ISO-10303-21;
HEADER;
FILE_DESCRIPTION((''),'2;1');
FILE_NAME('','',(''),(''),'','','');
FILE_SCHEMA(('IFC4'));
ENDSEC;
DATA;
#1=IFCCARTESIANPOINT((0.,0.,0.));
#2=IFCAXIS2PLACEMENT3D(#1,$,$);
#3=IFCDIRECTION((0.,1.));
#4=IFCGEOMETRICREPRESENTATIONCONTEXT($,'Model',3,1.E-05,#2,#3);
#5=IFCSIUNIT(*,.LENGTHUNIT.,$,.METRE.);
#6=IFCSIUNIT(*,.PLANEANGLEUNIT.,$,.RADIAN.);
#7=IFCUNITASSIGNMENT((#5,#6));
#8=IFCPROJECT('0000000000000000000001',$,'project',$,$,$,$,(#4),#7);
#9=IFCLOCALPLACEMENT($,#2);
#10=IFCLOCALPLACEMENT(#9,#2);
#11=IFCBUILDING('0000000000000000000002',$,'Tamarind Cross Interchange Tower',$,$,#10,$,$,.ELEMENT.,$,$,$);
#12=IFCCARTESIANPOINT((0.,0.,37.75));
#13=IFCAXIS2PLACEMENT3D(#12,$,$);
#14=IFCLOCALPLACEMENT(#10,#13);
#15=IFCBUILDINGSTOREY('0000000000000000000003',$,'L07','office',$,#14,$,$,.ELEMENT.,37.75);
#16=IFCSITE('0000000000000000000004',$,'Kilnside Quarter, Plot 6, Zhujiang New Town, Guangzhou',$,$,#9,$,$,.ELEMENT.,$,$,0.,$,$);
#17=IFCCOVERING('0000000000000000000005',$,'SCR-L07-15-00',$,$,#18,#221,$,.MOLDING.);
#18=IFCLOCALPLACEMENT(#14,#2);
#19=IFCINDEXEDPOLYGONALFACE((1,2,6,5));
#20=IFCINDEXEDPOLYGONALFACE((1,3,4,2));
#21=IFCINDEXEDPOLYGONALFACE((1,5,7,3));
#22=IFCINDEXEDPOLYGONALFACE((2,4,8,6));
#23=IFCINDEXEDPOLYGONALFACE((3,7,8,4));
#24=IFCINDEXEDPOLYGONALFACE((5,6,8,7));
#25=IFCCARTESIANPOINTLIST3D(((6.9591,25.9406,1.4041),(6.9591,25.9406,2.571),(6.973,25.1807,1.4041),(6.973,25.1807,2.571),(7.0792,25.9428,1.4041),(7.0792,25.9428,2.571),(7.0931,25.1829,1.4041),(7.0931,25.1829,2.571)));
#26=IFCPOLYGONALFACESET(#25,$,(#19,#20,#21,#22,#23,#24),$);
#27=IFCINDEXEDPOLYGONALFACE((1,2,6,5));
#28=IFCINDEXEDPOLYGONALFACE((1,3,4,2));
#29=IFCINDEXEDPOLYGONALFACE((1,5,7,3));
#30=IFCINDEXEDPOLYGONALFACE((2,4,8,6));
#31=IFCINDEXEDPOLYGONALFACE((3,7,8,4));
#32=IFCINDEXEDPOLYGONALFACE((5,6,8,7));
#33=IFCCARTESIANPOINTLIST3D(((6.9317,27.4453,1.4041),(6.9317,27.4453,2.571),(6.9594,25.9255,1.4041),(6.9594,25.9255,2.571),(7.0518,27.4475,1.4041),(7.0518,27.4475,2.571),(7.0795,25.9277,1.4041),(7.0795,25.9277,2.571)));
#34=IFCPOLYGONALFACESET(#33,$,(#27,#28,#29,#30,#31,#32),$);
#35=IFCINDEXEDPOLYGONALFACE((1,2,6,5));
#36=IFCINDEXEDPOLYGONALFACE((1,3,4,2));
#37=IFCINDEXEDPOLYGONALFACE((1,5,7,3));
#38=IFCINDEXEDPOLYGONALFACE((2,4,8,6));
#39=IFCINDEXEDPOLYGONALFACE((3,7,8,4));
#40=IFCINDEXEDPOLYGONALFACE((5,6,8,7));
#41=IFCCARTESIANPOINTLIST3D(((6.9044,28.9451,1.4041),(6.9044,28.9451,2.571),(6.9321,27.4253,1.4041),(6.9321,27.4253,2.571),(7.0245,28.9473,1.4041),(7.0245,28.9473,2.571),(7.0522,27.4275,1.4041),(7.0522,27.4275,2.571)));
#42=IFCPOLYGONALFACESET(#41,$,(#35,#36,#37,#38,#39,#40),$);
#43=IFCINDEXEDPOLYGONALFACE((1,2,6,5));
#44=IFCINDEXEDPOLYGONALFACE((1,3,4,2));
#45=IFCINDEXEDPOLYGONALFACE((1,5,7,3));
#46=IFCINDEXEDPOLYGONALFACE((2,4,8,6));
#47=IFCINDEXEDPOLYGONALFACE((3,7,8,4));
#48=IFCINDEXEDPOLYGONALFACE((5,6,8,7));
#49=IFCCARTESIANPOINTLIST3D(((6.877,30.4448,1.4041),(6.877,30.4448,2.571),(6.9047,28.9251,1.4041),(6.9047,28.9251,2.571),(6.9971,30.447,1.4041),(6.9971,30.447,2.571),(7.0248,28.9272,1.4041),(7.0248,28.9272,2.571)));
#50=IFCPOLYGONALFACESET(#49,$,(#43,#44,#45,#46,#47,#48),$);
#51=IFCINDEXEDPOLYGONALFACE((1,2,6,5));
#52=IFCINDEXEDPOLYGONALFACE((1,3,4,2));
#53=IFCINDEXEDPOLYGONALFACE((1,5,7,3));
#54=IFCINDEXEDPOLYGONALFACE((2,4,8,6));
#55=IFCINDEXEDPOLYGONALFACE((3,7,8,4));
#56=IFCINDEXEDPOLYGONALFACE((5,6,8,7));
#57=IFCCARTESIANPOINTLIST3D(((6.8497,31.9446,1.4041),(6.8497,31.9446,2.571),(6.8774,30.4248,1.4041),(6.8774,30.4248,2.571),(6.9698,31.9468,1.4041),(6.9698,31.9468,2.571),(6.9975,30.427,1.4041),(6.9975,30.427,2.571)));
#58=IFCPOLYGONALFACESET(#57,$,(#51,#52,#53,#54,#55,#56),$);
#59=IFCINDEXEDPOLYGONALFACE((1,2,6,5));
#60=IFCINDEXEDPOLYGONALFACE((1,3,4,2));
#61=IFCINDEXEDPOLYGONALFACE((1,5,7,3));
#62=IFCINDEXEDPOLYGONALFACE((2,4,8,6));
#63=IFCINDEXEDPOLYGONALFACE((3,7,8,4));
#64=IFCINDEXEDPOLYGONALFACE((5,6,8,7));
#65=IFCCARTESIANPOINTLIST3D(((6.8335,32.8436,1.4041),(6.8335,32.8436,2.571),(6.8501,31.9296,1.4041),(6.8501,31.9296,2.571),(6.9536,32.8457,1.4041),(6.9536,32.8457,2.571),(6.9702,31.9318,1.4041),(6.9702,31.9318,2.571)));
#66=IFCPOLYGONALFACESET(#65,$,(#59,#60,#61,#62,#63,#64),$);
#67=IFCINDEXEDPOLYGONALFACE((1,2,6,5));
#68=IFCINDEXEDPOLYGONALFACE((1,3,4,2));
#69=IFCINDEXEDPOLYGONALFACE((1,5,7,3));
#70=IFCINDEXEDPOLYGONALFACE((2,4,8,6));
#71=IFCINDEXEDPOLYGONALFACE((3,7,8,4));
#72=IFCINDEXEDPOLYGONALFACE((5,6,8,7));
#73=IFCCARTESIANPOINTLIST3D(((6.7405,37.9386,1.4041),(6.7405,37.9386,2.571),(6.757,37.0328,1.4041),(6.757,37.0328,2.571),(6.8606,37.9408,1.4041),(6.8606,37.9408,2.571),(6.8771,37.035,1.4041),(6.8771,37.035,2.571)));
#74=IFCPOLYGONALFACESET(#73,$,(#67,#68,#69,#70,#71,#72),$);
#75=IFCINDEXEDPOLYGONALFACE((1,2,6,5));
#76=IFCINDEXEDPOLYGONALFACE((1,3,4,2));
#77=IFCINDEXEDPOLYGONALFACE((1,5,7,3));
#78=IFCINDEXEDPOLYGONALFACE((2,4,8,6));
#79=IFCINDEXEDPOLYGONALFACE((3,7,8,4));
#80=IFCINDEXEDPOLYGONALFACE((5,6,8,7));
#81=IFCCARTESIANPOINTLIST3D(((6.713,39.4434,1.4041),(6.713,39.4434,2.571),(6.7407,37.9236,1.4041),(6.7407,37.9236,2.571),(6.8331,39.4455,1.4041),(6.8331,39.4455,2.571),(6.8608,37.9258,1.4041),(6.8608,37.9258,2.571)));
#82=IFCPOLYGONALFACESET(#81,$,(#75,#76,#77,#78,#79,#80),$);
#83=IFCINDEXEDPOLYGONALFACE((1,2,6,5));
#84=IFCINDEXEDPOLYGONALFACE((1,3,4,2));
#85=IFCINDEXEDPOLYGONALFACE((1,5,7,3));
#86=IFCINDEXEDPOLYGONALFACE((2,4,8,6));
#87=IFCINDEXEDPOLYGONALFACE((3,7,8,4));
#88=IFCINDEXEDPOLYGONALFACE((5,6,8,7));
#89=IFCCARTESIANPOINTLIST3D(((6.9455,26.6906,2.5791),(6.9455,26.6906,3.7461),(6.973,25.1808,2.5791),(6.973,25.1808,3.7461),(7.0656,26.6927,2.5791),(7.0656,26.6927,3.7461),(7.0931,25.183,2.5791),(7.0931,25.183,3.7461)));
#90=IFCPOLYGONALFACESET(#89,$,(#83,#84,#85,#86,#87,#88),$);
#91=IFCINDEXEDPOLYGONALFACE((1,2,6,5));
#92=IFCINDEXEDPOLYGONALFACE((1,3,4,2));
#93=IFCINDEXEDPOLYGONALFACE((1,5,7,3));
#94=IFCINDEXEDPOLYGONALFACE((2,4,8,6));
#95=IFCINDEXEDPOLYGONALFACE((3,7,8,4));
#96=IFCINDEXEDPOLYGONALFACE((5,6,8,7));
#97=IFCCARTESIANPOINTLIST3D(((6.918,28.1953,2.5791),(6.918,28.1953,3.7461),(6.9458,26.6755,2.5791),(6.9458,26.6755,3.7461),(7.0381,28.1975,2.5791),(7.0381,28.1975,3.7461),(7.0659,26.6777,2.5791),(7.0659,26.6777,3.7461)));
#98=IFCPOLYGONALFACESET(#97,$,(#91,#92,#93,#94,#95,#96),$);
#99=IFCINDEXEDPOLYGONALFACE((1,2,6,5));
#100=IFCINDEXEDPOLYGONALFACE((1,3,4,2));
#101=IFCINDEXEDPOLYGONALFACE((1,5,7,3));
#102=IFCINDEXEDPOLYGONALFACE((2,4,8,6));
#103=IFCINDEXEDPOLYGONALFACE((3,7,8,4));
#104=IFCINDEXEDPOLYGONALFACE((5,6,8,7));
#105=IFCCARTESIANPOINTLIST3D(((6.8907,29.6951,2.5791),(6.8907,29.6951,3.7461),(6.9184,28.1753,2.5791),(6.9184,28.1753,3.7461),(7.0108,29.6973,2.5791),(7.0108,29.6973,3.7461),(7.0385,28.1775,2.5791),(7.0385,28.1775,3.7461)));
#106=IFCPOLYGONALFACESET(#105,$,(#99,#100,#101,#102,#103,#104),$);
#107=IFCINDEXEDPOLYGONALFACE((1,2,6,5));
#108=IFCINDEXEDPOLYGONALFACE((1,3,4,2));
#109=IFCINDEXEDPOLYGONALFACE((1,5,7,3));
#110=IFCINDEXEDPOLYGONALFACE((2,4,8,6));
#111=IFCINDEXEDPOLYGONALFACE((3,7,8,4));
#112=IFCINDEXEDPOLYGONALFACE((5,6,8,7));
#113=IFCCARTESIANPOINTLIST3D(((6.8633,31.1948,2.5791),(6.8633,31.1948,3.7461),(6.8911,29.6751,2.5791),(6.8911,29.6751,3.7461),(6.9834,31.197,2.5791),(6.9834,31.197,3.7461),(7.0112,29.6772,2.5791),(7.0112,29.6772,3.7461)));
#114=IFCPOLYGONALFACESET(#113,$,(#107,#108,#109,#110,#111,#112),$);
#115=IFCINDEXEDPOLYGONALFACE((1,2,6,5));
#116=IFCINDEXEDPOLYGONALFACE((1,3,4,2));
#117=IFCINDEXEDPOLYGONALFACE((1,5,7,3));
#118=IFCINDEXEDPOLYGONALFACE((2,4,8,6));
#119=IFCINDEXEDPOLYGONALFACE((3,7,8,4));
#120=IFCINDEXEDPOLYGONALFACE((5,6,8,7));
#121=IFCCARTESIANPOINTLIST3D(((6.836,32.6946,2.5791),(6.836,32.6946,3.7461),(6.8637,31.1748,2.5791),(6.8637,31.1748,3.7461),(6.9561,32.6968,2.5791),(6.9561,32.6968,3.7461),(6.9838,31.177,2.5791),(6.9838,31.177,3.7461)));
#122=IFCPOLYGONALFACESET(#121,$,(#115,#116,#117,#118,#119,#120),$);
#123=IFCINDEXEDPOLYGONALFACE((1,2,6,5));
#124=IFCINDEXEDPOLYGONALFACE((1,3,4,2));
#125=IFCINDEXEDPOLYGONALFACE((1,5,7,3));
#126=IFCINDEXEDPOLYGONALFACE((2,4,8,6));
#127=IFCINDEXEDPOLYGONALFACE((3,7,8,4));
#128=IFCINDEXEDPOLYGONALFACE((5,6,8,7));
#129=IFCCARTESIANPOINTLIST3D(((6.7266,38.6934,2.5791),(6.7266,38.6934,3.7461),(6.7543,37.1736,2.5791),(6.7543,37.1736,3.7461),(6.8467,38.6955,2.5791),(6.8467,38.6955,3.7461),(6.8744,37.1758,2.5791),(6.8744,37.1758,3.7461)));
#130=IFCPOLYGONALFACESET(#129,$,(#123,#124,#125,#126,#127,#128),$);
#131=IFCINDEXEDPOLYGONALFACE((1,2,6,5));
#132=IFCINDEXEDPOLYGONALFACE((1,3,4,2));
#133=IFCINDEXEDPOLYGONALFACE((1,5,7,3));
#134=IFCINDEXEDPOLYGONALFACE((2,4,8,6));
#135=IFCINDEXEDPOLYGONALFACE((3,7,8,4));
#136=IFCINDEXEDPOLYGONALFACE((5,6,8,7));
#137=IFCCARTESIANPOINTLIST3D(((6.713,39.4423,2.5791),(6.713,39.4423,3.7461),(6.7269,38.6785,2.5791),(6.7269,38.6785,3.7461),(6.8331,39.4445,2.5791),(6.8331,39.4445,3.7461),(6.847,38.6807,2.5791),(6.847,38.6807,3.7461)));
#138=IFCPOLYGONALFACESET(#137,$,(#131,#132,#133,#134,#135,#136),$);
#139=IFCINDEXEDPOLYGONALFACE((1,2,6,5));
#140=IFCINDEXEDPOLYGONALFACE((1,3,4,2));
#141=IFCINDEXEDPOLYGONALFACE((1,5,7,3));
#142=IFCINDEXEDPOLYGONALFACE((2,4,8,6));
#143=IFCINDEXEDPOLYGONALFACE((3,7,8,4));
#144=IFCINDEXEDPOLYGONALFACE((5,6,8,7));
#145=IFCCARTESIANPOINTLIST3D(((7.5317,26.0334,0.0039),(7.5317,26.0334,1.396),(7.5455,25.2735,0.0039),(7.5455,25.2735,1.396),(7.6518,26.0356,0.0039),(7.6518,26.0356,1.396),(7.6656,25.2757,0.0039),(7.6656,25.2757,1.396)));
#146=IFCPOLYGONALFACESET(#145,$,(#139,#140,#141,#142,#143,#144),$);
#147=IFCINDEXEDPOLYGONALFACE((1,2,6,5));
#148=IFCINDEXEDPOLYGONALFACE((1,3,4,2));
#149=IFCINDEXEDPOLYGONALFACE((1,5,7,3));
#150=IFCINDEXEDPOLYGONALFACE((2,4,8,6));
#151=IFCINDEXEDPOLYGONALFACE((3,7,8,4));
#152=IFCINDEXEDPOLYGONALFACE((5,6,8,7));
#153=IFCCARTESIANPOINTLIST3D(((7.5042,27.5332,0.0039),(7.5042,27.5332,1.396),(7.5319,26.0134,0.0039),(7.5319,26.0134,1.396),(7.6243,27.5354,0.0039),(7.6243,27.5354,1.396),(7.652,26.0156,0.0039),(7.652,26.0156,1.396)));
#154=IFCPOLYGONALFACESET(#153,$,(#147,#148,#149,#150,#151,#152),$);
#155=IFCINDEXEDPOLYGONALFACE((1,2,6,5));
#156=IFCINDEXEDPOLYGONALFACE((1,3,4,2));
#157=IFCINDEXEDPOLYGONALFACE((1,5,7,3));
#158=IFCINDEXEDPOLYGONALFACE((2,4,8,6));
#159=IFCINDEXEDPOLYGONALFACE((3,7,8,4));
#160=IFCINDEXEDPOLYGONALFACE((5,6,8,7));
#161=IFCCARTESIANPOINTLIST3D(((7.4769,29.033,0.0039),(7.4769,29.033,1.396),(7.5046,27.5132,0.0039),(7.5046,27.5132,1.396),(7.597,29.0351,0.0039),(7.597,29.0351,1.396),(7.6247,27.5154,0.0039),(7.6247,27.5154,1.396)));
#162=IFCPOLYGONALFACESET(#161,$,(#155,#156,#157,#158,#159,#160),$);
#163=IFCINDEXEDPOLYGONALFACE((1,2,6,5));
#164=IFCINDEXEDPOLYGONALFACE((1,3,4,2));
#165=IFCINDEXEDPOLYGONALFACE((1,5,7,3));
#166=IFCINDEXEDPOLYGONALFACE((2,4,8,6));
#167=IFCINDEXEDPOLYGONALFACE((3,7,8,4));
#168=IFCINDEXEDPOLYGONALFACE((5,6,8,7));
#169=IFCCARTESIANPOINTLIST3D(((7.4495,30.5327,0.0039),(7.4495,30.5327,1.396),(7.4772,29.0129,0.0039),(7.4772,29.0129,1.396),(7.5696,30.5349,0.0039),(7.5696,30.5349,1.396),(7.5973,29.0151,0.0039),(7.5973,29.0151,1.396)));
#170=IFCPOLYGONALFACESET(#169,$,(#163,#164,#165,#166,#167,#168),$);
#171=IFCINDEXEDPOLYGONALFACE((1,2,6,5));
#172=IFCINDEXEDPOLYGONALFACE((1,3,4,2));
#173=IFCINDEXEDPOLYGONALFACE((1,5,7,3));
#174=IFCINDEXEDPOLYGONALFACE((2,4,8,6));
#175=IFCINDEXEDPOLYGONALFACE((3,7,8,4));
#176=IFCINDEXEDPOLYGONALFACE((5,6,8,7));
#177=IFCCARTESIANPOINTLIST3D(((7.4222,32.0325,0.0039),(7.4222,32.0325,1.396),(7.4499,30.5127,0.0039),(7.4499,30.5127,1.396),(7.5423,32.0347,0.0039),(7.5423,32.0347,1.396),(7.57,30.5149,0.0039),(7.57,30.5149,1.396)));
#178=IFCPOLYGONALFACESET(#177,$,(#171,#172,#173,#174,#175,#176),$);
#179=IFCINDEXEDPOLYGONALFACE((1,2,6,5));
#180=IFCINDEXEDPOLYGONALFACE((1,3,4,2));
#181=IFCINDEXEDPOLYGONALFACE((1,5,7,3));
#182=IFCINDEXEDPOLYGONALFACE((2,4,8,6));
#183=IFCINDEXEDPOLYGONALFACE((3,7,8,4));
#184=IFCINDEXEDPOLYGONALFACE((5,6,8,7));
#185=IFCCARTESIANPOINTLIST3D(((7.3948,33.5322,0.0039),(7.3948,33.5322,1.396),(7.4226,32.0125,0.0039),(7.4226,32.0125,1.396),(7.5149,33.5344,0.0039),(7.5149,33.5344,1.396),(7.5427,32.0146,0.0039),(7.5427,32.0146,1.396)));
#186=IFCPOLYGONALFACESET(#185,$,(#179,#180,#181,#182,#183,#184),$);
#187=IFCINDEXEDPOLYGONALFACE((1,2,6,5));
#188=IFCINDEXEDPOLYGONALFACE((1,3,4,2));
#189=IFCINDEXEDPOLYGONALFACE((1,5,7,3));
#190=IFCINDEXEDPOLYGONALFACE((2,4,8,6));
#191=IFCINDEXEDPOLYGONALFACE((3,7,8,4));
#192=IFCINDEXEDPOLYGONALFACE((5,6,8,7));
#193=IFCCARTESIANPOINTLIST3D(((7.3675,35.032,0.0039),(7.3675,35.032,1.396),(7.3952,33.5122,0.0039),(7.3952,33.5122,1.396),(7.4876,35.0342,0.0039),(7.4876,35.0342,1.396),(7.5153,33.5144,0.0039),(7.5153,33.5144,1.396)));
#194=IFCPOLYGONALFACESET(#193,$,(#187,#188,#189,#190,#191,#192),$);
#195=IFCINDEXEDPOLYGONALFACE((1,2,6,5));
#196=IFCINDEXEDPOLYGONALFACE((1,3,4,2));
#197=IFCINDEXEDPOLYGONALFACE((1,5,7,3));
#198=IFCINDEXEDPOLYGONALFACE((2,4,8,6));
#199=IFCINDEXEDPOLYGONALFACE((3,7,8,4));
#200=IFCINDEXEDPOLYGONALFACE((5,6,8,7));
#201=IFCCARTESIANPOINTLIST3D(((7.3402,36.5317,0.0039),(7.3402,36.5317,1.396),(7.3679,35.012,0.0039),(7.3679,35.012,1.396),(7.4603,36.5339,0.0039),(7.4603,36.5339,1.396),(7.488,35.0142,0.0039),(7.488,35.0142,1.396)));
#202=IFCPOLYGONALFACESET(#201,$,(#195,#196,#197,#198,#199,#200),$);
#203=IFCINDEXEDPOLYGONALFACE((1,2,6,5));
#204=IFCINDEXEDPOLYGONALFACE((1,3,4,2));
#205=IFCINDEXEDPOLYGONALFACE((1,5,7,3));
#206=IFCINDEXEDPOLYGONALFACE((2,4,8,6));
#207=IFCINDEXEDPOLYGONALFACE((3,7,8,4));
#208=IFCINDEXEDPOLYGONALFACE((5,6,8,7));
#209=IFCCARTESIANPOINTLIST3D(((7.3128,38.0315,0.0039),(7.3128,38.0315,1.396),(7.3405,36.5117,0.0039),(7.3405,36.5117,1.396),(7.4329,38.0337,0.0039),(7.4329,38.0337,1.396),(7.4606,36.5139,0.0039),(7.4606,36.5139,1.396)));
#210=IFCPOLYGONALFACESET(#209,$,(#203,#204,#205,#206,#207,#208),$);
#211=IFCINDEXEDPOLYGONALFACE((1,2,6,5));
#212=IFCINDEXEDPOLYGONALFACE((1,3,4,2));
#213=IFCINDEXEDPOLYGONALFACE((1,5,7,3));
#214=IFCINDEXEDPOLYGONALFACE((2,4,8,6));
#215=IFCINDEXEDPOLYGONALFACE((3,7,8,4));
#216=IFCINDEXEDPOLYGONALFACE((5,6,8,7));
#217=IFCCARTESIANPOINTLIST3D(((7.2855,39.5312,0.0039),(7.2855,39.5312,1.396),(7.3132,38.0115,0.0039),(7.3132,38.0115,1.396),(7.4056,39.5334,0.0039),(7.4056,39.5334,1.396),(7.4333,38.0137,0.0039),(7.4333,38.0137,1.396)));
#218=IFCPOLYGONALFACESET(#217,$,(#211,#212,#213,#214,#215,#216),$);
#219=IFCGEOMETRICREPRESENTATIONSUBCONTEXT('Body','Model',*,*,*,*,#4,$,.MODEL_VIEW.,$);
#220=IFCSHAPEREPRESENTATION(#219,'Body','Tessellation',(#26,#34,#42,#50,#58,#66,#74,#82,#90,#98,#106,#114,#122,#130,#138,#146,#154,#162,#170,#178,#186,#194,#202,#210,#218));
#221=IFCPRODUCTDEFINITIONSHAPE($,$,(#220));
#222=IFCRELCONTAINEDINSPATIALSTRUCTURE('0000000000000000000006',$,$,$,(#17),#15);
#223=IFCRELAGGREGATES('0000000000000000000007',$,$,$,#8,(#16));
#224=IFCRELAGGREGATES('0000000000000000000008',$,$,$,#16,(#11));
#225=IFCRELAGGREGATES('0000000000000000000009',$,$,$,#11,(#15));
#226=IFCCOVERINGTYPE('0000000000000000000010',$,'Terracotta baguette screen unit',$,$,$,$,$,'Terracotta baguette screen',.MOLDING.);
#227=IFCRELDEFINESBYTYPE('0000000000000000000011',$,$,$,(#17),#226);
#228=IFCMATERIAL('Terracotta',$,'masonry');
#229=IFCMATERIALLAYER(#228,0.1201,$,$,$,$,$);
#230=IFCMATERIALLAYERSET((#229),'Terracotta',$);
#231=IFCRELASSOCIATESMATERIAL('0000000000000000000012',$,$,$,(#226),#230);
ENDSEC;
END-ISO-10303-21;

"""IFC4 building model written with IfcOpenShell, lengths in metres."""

from ifc_helpers import new_model, si_unit, direction, frame, origin, origin_2d, place, context, subcontext, project, spatial, rectangle, extrude, material, layer, layer_set, type_object, element, save


model = new_model("IFC4")

# Units and contexts
model_context = context("Model", 3, precision=1e-05, world=origin(), true_north=direction((0.0, 1.0)))
body_context = subcontext(model_context, "Body", "Model", "MODEL_VIEW")
ifc_project = project(units=[si_unit("LENGTHUNIT", "METRE"), si_unit("PLANEANGLEUNIT", "RADIAN")], contexts=[model_context])

# Site, building, storey
site_placement = place(None, origin())
site = spatial("IfcSite", under=ifc_project, at=site_placement, Name="Kilnside Quarter, Plot 6, Zhujiang New Town, Guangzhou", CompositionType="ELEMENT", RefElevation=0.0)
building_placement = place(site_placement, origin())
building = spatial("IfcBuilding", under=site, at=building_placement, Name="Tamarind Cross Interchange Tower", CompositionType="ELEMENT")
storey_placement = place(building_placement, frame((0.0, 0.0, 37.75)))
storey = spatial("IfcBuildingStorey", under=building, at=storey_placement, Name="L07", Description="office", CompositionType="ELEMENT", Elevation=37.75)

# Covering
ifc_material_1 = material(Name="Terracotta", Category="masonry")
ifc_layer_1 = layer(ifc_material_1, 0.1201)
ifc_layer_set_1 = layer_set([ifc_layer_1], Name="Terracotta")
covering_type = type_object("IfcCoveringType", Name="Terracotta baguette screen unit", ElementType="Terracotta baguette screen", PredefinedType="MOLDING", material=ifc_layer_set_1)
covering_1_placement = place(storey_placement, origin())
element("IfcCovering", 1, at=covering_1_placement, inside=storey, type_object=covering_type, Name="SCR-L07-15-00", PredefinedType="MOLDING", context=body_context, shape_type="SweptSolid", body=[
    extrude(rectangle(XDim=0.76, YDim=0.1201, at=origin_2d()), frame((7.0261, 25.5618, 1.4041), z_axis=(0.0, 0.0, 1.0), x_axis=(-0.018234, 0.999834, 0.0)), (0.0, 0.0, 1.0), 1.167),
    extrude(rectangle(XDim=1.52, YDim=0.1201, at=origin_2d()), frame((7.0056, 26.6865, 1.4041), z_axis=(0.0, 0.0, 1.0), x_axis=(-0.018234, 0.999834, 0.0)), (0.0, 0.0, 1.0), 1.167),
    extrude(rectangle(XDim=1.52, YDim=0.1201, at=origin_2d()), frame((6.9783, 28.1863, 1.4041), z_axis=(0.0, 0.0, 1.0), x_axis=(-0.018234, 0.999834, 0.0)), (0.0, 0.0, 1.0), 1.167),
    extrude(rectangle(XDim=1.52, YDim=0.1201, at=origin_2d()), frame((6.9509, 29.686, 1.4041), z_axis=(0.0, 0.0, 1.0), x_axis=(-0.018234, 0.999834, 0.0)), (0.0, 0.0, 1.0), 1.167),
    extrude(rectangle(XDim=1.52, YDim=0.1201, at=origin_2d()), frame((6.9236, 31.1858, 1.4041), z_axis=(0.0, 0.0, 1.0), x_axis=(-0.018234, 0.999834, 0.0)), (0.0, 0.0, 1.0), 1.167),
    extrude(rectangle(XDim=0.9141, YDim=0.1201, at=origin_2d()), frame((6.9019, 32.3877, 1.4041), z_axis=(0.0, 0.0, 1.0), x_axis=(-0.018234, 0.999834, 0.0)), (0.0, 0.0, 1.0), 1.167),
    extrude(rectangle(XDim=0.906, YDim=0.1201, at=origin_2d()), frame((6.8088, 37.4868, 1.4041), z_axis=(0.0, 0.0, 1.0), x_axis=(-0.018234, 0.999834, 0.0)), (0.0, 0.0, 1.0), 1.167),
    extrude(rectangle(XDim=1.52, YDim=0.1201, at=origin_2d()), frame((6.7869, 38.6846, 1.4041), z_axis=(0.0, 0.0, 1.0), x_axis=(-0.018234, 0.999834, 0.0)), (0.0, 0.0, 1.0), 1.167),
    extrude(rectangle(XDim=1.51, YDim=0.1201, at=origin_2d()), frame((7.0193, 25.9368, 2.5791), z_axis=(0.0, 0.0, 1.0), x_axis=(-0.018234, 0.999834, 0.0)), (0.0, 0.0, 1.0), 1.167),
    extrude(rectangle(XDim=1.52, YDim=0.1201, at=origin_2d()), frame((6.9919, 27.4365, 2.5791), z_axis=(0.0, 0.0, 1.0), x_axis=(-0.018234, 0.999834, 0.0)), (0.0, 0.0, 1.0), 1.167),
    extrude(rectangle(XDim=1.52, YDim=0.1201, at=origin_2d()), frame((6.9646, 28.9363, 2.5791), z_axis=(0.0, 0.0, 1.0), x_axis=(-0.018234, 0.999834, 0.0)), (0.0, 0.0, 1.0), 1.167),
    extrude(rectangle(XDim=1.52, YDim=0.1201, at=origin_2d()), frame((6.9373, 30.436, 2.5791), z_axis=(0.0, 0.0, 1.0), x_axis=(-0.018234, 0.999834, 0.0)), (0.0, 0.0, 1.0), 1.167),
    extrude(rectangle(XDim=1.52, YDim=0.1201, at=origin_2d()), frame((6.9099, 31.9358, 2.5791), z_axis=(0.0, 0.0, 1.0), x_axis=(-0.018234, 0.999834, 0.0)), (0.0, 0.0, 1.0), 1.167),
    extrude(rectangle(XDim=1.52, YDim=0.1201, at=origin_2d()), frame((6.8005, 37.9346, 2.5791), z_axis=(0.0, 0.0, 1.0), x_axis=(-0.018234, 0.999834, 0.0)), (0.0, 0.0, 1.0), 1.167),
    extrude(rectangle(XDim=0.7639, YDim=0.1201, at=origin_2d()), frame((6.78, 39.0615, 2.5791), z_axis=(0.0, 0.0, 1.0), x_axis=(-0.018234, 0.999834, 0.0)), (0.0, 0.0, 1.0), 1.167),
    extrude(rectangle(XDim=0.76, YDim=0.1201, at=origin_2d()), frame((7.5986, 25.6545, 0.0039), z_axis=(0.0, 0.0, 1.0), x_axis=(-0.018234, 0.999834, 0.0)), (0.0, 0.0, 1.0), 1.3921),
    extrude(rectangle(XDim=1.52, YDim=0.1201, at=origin_2d()), frame((7.5781, 26.7744, 0.0039), z_axis=(0.0, 0.0, 1.0), x_axis=(-0.018234, 0.999834, 0.0)), (0.0, 0.0, 1.0), 1.3921),
    extrude(rectangle(XDim=1.52, YDim=0.1201, at=origin_2d()), frame((7.5508, 28.2742, 0.0039), z_axis=(0.0, 0.0, 1.0), x_axis=(-0.018234, 0.999834, 0.0)), (0.0, 0.0, 1.0), 1.3921),
    extrude(rectangle(XDim=1.52, YDim=0.1201, at=origin_2d()), frame((7.5234, 29.7739, 0.0039), z_axis=(0.0, 0.0, 1.0), x_axis=(-0.018234, 0.999834, 0.0)), (0.0, 0.0, 1.0), 1.3921),
    extrude(rectangle(XDim=1.52, YDim=0.1201, at=origin_2d()), frame((7.4961, 31.2737, 0.0039), z_axis=(0.0, 0.0, 1.0), x_axis=(-0.018234, 0.999834, 0.0)), (0.0, 0.0, 1.0), 1.3921),
    extrude(rectangle(XDim=1.52, YDim=0.1201, at=origin_2d()), frame((7.4688, 32.7734, 0.0039), z_axis=(0.0, 0.0, 1.0), x_axis=(-0.018234, 0.999834, 0.0)), (0.0, 0.0, 1.0), 1.3921),
    extrude(rectangle(XDim=1.52, YDim=0.1201, at=origin_2d()), frame((7.4414, 34.2732, 0.0039), z_axis=(0.0, 0.0, 1.0), x_axis=(-0.018234, 0.999834, 0.0)), (0.0, 0.0, 1.0), 1.3921),
    extrude(rectangle(XDim=1.52, YDim=0.1201, at=origin_2d()), frame((7.4141, 35.7729, 0.0039), z_axis=(0.0, 0.0, 1.0), x_axis=(-0.018234, 0.999834, 0.0)), (0.0, 0.0, 1.0), 1.3921),
    extrude(rectangle(XDim=1.52, YDim=0.1201, at=origin_2d()), frame((7.3867, 37.2727, 0.0039), z_axis=(0.0, 0.0, 1.0), x_axis=(-0.018234, 0.999834, 0.0)), (0.0, 0.0, 1.0), 1.3921),
    extrude(rectangle(XDim=1.52, YDim=0.1201, at=origin_2d()), frame((7.3594, 38.7725, 0.0039), z_axis=(0.0, 0.0, 1.0), x_axis=(-0.018234, 0.999834, 0.0)), (0.0, 0.0, 1.0), 1.3921),
])

save(model, "model.ifc")
